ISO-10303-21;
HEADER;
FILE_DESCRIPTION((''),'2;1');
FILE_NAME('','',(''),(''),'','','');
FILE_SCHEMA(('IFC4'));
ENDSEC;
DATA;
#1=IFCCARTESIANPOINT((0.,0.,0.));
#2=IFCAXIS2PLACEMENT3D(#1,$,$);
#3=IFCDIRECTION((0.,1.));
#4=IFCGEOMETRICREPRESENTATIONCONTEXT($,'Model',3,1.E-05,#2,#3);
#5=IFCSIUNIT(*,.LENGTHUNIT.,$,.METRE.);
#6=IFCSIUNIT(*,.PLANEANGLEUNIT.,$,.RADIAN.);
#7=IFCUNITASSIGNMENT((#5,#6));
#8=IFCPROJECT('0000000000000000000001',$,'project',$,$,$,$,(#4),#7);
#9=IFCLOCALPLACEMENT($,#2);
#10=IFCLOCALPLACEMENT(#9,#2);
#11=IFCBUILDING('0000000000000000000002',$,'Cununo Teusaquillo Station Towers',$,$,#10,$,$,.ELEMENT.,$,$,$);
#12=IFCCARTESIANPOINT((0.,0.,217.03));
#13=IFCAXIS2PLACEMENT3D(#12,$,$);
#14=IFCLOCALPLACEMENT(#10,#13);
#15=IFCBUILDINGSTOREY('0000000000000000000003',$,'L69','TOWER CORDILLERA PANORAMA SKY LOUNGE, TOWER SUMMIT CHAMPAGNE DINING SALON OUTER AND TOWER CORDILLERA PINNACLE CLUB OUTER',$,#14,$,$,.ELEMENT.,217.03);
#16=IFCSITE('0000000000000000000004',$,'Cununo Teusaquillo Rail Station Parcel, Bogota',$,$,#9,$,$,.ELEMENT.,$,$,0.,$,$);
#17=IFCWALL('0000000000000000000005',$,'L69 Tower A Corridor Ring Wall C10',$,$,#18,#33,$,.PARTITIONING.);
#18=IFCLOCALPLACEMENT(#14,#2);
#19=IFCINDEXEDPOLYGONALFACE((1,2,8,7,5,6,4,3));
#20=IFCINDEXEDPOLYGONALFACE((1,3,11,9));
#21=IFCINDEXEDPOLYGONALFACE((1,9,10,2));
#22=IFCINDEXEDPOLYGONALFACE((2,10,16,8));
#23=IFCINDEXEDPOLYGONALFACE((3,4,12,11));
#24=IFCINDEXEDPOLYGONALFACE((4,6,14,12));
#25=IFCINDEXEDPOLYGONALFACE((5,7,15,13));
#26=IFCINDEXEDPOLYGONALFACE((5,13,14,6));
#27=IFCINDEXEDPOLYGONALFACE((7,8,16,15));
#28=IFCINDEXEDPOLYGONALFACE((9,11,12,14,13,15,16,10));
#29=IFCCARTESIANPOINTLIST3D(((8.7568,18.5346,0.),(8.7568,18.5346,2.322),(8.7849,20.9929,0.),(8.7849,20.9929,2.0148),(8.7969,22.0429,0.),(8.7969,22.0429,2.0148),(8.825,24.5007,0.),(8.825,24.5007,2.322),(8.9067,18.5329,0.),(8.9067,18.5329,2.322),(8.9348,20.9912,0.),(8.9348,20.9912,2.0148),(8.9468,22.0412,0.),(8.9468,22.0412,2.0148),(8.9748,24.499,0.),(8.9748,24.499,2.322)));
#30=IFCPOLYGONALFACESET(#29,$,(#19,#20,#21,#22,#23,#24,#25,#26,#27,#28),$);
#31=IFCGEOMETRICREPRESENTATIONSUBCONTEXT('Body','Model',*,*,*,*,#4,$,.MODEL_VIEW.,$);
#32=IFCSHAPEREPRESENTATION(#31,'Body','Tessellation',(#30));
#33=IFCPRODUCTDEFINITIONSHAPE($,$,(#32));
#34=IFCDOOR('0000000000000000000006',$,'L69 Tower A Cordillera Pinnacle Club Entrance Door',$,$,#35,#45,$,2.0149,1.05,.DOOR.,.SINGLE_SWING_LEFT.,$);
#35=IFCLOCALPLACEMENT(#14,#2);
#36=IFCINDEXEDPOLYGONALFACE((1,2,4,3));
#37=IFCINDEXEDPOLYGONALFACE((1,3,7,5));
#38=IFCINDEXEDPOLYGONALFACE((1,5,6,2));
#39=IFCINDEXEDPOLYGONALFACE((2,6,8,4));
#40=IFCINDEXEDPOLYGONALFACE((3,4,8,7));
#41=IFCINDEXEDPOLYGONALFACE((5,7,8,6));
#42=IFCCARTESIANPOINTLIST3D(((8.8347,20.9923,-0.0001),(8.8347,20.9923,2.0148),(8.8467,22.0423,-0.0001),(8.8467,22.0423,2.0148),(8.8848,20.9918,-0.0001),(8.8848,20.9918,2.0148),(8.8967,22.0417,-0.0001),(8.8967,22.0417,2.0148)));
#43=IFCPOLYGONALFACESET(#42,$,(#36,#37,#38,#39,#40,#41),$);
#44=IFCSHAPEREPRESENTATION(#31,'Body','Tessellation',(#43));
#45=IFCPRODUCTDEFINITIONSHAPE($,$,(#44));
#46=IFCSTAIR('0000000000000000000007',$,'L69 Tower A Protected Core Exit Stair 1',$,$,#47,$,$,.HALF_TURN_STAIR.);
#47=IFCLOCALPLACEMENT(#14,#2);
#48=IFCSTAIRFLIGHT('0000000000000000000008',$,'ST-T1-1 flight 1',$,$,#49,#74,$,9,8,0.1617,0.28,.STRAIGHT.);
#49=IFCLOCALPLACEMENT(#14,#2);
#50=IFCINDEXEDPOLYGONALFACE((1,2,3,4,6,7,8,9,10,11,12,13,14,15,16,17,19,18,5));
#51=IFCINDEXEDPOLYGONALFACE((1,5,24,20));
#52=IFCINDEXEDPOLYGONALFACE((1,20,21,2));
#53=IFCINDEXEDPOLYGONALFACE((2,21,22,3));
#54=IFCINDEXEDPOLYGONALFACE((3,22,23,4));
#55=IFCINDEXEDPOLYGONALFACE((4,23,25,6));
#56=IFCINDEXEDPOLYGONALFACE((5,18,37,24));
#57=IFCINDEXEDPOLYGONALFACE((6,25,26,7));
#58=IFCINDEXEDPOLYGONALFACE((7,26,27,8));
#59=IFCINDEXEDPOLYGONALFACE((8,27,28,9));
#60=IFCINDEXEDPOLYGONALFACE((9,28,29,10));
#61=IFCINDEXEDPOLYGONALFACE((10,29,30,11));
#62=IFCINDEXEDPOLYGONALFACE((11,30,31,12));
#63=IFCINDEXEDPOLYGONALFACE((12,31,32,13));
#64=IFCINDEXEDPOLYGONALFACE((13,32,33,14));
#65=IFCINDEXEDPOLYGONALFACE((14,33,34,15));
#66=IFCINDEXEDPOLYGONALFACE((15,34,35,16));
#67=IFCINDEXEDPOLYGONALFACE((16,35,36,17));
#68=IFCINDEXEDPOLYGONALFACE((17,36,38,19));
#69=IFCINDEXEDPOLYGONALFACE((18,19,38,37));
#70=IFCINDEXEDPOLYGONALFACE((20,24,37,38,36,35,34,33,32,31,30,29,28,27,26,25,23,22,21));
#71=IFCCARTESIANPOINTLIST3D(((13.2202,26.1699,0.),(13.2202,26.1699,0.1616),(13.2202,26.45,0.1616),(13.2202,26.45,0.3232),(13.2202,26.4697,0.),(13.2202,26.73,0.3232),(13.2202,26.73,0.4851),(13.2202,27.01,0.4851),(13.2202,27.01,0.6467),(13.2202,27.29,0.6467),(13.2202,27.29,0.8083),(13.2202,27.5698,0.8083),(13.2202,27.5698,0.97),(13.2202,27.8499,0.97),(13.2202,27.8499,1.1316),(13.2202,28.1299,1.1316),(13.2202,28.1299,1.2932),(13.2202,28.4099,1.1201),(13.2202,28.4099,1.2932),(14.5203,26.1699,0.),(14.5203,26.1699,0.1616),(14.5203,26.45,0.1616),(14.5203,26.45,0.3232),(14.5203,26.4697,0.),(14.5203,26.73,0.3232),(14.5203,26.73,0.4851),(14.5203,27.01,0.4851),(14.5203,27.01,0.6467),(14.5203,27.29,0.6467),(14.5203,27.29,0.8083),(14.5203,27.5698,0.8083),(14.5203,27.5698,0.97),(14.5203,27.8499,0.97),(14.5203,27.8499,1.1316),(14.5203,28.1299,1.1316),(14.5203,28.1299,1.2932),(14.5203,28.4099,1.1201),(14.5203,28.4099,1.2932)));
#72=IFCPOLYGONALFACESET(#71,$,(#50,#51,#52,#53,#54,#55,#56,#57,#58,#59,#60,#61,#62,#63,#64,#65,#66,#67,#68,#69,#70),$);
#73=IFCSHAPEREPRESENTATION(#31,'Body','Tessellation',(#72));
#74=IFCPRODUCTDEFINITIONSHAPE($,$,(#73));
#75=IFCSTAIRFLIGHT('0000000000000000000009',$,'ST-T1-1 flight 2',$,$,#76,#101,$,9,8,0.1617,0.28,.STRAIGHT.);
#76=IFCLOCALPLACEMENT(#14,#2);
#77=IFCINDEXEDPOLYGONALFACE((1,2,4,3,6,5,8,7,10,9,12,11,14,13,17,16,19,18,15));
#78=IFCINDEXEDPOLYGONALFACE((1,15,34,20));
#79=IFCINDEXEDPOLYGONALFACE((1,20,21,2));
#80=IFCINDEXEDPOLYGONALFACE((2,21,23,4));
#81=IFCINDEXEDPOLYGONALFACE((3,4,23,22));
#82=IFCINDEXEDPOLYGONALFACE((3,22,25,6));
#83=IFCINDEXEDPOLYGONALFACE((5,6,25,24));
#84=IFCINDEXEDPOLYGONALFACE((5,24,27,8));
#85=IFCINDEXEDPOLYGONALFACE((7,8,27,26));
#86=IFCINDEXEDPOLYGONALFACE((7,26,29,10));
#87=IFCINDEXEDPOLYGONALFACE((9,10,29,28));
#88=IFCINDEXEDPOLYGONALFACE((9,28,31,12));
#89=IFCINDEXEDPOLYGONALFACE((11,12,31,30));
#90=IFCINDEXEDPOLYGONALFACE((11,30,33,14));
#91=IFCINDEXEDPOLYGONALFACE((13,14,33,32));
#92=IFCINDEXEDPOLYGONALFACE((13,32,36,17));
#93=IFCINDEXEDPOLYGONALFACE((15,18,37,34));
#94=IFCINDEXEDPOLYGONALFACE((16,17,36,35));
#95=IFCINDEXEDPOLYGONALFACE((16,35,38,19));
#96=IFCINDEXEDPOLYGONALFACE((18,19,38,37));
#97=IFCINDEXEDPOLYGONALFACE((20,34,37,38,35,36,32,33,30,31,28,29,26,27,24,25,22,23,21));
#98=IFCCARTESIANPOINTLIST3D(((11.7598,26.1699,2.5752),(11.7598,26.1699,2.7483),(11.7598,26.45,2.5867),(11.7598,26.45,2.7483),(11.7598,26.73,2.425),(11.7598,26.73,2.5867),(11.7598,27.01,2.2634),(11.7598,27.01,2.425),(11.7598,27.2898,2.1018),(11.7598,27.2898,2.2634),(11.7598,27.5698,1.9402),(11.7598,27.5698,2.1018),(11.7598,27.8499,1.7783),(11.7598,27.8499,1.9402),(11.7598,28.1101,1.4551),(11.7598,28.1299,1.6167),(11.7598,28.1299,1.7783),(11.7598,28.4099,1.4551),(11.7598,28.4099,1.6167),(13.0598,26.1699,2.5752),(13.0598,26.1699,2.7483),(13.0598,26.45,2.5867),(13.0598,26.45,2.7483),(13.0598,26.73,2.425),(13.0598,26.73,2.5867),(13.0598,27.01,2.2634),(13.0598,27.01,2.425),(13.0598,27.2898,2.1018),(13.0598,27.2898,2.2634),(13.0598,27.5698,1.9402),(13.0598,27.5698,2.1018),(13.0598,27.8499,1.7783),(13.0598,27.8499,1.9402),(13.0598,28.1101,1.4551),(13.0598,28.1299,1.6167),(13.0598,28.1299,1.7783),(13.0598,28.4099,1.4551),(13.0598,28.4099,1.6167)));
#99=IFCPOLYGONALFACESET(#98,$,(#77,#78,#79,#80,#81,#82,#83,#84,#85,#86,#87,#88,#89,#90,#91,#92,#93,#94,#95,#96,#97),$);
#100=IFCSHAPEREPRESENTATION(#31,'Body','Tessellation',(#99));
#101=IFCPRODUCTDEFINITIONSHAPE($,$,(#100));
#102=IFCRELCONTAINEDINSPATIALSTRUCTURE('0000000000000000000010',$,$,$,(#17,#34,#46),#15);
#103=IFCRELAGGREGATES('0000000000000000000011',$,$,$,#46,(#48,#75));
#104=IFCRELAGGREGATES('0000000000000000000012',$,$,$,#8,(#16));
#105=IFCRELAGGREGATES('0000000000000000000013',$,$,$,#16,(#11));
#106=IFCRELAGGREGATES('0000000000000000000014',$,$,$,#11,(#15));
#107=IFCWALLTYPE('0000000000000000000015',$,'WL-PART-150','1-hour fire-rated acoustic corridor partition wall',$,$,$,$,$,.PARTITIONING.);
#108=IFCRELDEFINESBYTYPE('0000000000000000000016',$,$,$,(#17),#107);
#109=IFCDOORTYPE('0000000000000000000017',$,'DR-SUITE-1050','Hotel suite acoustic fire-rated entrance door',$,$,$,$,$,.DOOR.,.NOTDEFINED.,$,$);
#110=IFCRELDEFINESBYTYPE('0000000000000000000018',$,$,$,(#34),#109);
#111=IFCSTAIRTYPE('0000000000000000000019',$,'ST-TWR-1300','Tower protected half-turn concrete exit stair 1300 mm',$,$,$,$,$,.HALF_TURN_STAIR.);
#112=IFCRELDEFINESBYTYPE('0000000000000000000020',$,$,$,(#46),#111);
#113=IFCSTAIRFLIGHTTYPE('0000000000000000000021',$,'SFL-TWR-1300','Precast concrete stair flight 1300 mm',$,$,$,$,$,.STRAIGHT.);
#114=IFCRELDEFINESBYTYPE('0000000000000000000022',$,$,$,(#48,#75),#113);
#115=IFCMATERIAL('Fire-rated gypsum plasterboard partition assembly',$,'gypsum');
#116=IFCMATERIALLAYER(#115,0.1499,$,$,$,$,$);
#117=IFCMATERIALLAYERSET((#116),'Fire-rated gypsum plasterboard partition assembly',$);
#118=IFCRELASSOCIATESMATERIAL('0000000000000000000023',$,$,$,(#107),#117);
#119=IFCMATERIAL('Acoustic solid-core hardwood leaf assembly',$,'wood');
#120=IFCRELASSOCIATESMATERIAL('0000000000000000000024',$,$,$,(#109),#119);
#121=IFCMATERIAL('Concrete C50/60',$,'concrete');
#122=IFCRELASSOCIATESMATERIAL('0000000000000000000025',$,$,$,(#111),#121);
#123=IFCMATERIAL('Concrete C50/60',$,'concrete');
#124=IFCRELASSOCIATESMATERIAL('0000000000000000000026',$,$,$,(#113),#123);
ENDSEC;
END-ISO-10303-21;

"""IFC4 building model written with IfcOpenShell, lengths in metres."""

from ifc_helpers import new_model, si_unit, direction, frame, frame_2d, origin, place, context, subcontext, project, spatial, polyline, rectangle, outline, extrude, source, transform, mapped, material, layer, layer_set, type_object, element, fill, aggregate, save


model = new_model("IFC4")

# Units and contexts
model_context = context("Model", 3, precision=1e-05, world=origin(), true_north=direction((0.0, 1.0)))
body_context = subcontext(model_context, "Body", "Model", "MODEL_VIEW")
ifc_project = project(units=[si_unit("LENGTHUNIT", "METRE"), si_unit("PLANEANGLEUNIT", "RADIAN")], contexts=[model_context])

# Site, building, storey
site_placement = place(None, origin())
site = spatial("IfcSite", under=ifc_project, at=site_placement, Name="Cununo Teusaquillo Rail Station Parcel, Bogota", CompositionType="ELEMENT", RefElevation=0.0)
building_placement = place(site_placement, origin())
building = spatial("IfcBuilding", under=site, at=building_placement, Name="Cununo Teusaquillo Station Towers", CompositionType="ELEMENT")
storey_placement = place(building_placement, frame((0.0, 0.0, 217.03)))
storey = spatial("IfcBuildingStorey", under=building, at=storey_placement, Name="L69", Description="TOWER CORDILLERA PANORAMA SKY LOUNGE, TOWER SUMMIT CHAMPAGNE DINING SALON OUTER AND TOWER CORDILLERA PINNACLE CLUB OUTER", CompositionType="ELEMENT", Elevation=217.03)

# Shared definitions
ifc_material_1 = material(Name="Fire-rated gypsum plasterboard partition assembly", Category="gypsum")
ifc_layer_1 = layer(ifc_material_1, 0.1499)
ifc_layer_set_1 = layer_set([ifc_layer_1], Name="Fire-rated gypsum plasterboard partition assembly")
wall_type_1 = type_object("IfcWallType", Name="WL-PART-150", Description="1-hour fire-rated acoustic corridor partition wall", PredefinedType="PARTITIONING", material=ifc_layer_set_1)

# Wall, opening, door
wall_1_placement = place(storey_placement, frame((8.8999, 24.5, 0.0), z_axis=(0.0, 0.0, 1.0), x_axis=(-0.011416, -0.999935, 0.0)))
wall_1 = element("IfcWall", 1, at=wall_1_placement, inside=storey, type_object=wall_type_1, Name="L69 Tower A Corridor Ring Wall C10", PredefinedType="PARTITIONING", context=body_context, shape_type="SweptSolid", body=[
    extrude(rectangle(XDim=5.9666, YDim=0.1499, at=frame_2d((2.9834, 0.0))), origin(), (0.0, 0.0, 1.0), 2.322),
])
shared_shape_1 = source(origin(), body_context, "Body", "SweptSolid", [
    extrude(rectangle(XDim=1.05, YDim=2.0149, at=frame_2d((0.5249, 1.0073))), frame((0.0, 0.085, 0.0), z_axis=(0.0, -1.0, 0.0), x_axis=(1.0, 0.0, 0.0)), (0.0, 0.0, 1.0), 0.1699),
])
opening_1_placement = place(wall_1_placement, frame((2.4583, 0.0, 0.0)))
opening_1 = element("IfcOpeningElement", 2, at=opening_1_placement, cuts=wall_1, PredefinedType="OPENING", context=body_context, shape_type="MappedRepresentation", body=[
    mapped(shared_shape_1, transform((0.0, 0.0, 0.0), x_axis=(1.0, 0.0, 0.0), y_axis=(0.0, 1.0, 0.0), z_axis=(0.0, 0.0, 1.0), scale=1.0)),
])
ifc_material_2 = material(Name="Acoustic solid-core hardwood leaf assembly", Category="wood")
door_type_1 = type_object("IfcDoorType", Name="DR-SUITE-1050", Description="Hotel suite acoustic fire-rated entrance door", OperationType="NOTDEFINED", PredefinedType="DOOR", material=ifc_material_2)
shared_shape_2 = source(origin(), body_context, "Body", "SweptSolid", [
    extrude(rectangle(XDim=1.05, YDim=2.0149, at=frame_2d((0.5249, 1.0073))), frame((0.0, 0.0249, 0.0), z_axis=(0.0, -1.0, 0.0), x_axis=(1.0, 0.0, 0.0)), (0.0, 0.0, 1.0), 0.05),
])
door_1_placement = place(opening_1_placement, origin())
door_1 = element("IfcDoor", 3, at=door_1_placement, inside=storey, type_object=door_type_1, Name="L69 Tower A Cordillera Pinnacle Club Entrance Door", OperationType="SINGLE_SWING_LEFT", OverallHeight=2.0149, OverallWidth=1.05, PredefinedType="DOOR", context=body_context, shape_type="MappedRepresentation", body=[
    mapped(shared_shape_2, transform((0.0, 0.0, 0.0), x_axis=(1.0, 0.0, 0.0), y_axis=(0.0, 1.0, 0.0), z_axis=(0.0, 0.0, 1.0), scale=1.0)),
])
fill(opening_1, door_1)

# Stair, stair flights
ifc_material_3 = material(Name="Concrete C50/60", Category="concrete")
stair_type = type_object("IfcStairType", Name="ST-TWR-1300", Description="Tower protected half-turn concrete exit stair 1300 mm", PredefinedType="HALF_TURN_STAIR", material=ifc_material_3)
stair_placement = place(storey_placement, origin())
stair = element("IfcStair", 4, at=stair_placement, inside=storey, type_object=stair_type, Name="L69 Tower A Protected Core Exit Stair 1", PredefinedType="HALF_TURN_STAIR")
ifc_material_4 = material(Name="Concrete C50/60", Category="concrete")
stair_flight_type = type_object("IfcStairFlightType", Name="SFL-TWR-1300", Description="Precast concrete stair flight 1300 mm", PredefinedType="STRAIGHT", material=ifc_material_4)
stair_flight_1_placement = place(storey_placement, frame((13.8701, 26.1699, 0.0), z_axis=(0.0, 0.0, 1.0), x_axis=(0.0, 1.0, 0.0)))
stair_flight_1 = element("IfcStairFlight", 5, at=stair_flight_1_placement, type_object=stair_flight_type, Name="ST-T1-1 flight 1", NumberOfRisers=9, NumberOfTreads=8, PredefinedType="STRAIGHT", RiserHeight=0.1617, TreadLength=0.28, context=body_context, shape_type="SweptSolid", body=[
    extrude(outline(polyline([(0.0, 0.0), (0.0, 0.1616), (0.28, 0.1616), (0.28, 0.3232), (0.5601, 0.3232), (0.5601, 0.4851), (0.8401, 0.4851), (0.8401, 0.6467), (1.1201, 0.6467), (1.1201, 0.8083), (1.3999, 0.8083), (1.3999, 0.97), (1.6799, 0.97), (1.6799, 1.1316), (1.96, 1.1316), (1.96, 1.2932), (2.24, 1.2932), (2.24, 1.4551), (2.24, 1.1201), (0.2998, 0.0), (0.0, 0.0)])), frame((0.0, 0.6499, 0.0), z_axis=(0.0, -1.0, 0.0), x_axis=(1.0, 0.0, 0.0)), (0.0, 0.0, 1.0), 1.3),
])
stair_flight_2_placement = place(storey_placement, frame((12.4099, 28.4099, 1.4551), z_axis=(0.0, 0.0, 1.0), x_axis=(0.0, -1.0, 0.0)))
stair_flight_2 = element("IfcStairFlight", 6, at=stair_flight_2_placement, type_object=stair_flight_type, Name="ST-T1-1 flight 2", NumberOfRisers=9, NumberOfTreads=8, PredefinedType="STRAIGHT", RiserHeight=0.1617, TreadLength=0.28, context=body_context, shape_type="SweptSolid", body=[
    extrude(outline(polyline([(0.0, 0.0), (0.0, 0.1616), (0.28, 0.1616), (0.28, 0.3232), (0.5601, 0.3232), (0.5601, 0.4851), (0.8401, 0.4851), (0.8401, 0.6467), (1.1201, 0.6467), (1.1201, 0.8083), (1.3999, 0.8083), (1.3999, 0.97), (1.6799, 0.97), (1.6799, 1.1316), (1.96, 1.1316), (1.96, 1.2932), (2.24, 1.2932), (2.24, 1.4551), (2.24, 1.1201), (0.2998, 0.0), (0.0, 0.0)])), frame((0.0, 0.6499, 0.0), z_axis=(0.0, -1.0, 0.0), x_axis=(1.0, 0.0, 0.0)), (0.0, 0.0, 1.0), 1.3),
])
aggregate(stair, [stair_flight_1, stair_flight_2])

save(model, "model.ifc")
